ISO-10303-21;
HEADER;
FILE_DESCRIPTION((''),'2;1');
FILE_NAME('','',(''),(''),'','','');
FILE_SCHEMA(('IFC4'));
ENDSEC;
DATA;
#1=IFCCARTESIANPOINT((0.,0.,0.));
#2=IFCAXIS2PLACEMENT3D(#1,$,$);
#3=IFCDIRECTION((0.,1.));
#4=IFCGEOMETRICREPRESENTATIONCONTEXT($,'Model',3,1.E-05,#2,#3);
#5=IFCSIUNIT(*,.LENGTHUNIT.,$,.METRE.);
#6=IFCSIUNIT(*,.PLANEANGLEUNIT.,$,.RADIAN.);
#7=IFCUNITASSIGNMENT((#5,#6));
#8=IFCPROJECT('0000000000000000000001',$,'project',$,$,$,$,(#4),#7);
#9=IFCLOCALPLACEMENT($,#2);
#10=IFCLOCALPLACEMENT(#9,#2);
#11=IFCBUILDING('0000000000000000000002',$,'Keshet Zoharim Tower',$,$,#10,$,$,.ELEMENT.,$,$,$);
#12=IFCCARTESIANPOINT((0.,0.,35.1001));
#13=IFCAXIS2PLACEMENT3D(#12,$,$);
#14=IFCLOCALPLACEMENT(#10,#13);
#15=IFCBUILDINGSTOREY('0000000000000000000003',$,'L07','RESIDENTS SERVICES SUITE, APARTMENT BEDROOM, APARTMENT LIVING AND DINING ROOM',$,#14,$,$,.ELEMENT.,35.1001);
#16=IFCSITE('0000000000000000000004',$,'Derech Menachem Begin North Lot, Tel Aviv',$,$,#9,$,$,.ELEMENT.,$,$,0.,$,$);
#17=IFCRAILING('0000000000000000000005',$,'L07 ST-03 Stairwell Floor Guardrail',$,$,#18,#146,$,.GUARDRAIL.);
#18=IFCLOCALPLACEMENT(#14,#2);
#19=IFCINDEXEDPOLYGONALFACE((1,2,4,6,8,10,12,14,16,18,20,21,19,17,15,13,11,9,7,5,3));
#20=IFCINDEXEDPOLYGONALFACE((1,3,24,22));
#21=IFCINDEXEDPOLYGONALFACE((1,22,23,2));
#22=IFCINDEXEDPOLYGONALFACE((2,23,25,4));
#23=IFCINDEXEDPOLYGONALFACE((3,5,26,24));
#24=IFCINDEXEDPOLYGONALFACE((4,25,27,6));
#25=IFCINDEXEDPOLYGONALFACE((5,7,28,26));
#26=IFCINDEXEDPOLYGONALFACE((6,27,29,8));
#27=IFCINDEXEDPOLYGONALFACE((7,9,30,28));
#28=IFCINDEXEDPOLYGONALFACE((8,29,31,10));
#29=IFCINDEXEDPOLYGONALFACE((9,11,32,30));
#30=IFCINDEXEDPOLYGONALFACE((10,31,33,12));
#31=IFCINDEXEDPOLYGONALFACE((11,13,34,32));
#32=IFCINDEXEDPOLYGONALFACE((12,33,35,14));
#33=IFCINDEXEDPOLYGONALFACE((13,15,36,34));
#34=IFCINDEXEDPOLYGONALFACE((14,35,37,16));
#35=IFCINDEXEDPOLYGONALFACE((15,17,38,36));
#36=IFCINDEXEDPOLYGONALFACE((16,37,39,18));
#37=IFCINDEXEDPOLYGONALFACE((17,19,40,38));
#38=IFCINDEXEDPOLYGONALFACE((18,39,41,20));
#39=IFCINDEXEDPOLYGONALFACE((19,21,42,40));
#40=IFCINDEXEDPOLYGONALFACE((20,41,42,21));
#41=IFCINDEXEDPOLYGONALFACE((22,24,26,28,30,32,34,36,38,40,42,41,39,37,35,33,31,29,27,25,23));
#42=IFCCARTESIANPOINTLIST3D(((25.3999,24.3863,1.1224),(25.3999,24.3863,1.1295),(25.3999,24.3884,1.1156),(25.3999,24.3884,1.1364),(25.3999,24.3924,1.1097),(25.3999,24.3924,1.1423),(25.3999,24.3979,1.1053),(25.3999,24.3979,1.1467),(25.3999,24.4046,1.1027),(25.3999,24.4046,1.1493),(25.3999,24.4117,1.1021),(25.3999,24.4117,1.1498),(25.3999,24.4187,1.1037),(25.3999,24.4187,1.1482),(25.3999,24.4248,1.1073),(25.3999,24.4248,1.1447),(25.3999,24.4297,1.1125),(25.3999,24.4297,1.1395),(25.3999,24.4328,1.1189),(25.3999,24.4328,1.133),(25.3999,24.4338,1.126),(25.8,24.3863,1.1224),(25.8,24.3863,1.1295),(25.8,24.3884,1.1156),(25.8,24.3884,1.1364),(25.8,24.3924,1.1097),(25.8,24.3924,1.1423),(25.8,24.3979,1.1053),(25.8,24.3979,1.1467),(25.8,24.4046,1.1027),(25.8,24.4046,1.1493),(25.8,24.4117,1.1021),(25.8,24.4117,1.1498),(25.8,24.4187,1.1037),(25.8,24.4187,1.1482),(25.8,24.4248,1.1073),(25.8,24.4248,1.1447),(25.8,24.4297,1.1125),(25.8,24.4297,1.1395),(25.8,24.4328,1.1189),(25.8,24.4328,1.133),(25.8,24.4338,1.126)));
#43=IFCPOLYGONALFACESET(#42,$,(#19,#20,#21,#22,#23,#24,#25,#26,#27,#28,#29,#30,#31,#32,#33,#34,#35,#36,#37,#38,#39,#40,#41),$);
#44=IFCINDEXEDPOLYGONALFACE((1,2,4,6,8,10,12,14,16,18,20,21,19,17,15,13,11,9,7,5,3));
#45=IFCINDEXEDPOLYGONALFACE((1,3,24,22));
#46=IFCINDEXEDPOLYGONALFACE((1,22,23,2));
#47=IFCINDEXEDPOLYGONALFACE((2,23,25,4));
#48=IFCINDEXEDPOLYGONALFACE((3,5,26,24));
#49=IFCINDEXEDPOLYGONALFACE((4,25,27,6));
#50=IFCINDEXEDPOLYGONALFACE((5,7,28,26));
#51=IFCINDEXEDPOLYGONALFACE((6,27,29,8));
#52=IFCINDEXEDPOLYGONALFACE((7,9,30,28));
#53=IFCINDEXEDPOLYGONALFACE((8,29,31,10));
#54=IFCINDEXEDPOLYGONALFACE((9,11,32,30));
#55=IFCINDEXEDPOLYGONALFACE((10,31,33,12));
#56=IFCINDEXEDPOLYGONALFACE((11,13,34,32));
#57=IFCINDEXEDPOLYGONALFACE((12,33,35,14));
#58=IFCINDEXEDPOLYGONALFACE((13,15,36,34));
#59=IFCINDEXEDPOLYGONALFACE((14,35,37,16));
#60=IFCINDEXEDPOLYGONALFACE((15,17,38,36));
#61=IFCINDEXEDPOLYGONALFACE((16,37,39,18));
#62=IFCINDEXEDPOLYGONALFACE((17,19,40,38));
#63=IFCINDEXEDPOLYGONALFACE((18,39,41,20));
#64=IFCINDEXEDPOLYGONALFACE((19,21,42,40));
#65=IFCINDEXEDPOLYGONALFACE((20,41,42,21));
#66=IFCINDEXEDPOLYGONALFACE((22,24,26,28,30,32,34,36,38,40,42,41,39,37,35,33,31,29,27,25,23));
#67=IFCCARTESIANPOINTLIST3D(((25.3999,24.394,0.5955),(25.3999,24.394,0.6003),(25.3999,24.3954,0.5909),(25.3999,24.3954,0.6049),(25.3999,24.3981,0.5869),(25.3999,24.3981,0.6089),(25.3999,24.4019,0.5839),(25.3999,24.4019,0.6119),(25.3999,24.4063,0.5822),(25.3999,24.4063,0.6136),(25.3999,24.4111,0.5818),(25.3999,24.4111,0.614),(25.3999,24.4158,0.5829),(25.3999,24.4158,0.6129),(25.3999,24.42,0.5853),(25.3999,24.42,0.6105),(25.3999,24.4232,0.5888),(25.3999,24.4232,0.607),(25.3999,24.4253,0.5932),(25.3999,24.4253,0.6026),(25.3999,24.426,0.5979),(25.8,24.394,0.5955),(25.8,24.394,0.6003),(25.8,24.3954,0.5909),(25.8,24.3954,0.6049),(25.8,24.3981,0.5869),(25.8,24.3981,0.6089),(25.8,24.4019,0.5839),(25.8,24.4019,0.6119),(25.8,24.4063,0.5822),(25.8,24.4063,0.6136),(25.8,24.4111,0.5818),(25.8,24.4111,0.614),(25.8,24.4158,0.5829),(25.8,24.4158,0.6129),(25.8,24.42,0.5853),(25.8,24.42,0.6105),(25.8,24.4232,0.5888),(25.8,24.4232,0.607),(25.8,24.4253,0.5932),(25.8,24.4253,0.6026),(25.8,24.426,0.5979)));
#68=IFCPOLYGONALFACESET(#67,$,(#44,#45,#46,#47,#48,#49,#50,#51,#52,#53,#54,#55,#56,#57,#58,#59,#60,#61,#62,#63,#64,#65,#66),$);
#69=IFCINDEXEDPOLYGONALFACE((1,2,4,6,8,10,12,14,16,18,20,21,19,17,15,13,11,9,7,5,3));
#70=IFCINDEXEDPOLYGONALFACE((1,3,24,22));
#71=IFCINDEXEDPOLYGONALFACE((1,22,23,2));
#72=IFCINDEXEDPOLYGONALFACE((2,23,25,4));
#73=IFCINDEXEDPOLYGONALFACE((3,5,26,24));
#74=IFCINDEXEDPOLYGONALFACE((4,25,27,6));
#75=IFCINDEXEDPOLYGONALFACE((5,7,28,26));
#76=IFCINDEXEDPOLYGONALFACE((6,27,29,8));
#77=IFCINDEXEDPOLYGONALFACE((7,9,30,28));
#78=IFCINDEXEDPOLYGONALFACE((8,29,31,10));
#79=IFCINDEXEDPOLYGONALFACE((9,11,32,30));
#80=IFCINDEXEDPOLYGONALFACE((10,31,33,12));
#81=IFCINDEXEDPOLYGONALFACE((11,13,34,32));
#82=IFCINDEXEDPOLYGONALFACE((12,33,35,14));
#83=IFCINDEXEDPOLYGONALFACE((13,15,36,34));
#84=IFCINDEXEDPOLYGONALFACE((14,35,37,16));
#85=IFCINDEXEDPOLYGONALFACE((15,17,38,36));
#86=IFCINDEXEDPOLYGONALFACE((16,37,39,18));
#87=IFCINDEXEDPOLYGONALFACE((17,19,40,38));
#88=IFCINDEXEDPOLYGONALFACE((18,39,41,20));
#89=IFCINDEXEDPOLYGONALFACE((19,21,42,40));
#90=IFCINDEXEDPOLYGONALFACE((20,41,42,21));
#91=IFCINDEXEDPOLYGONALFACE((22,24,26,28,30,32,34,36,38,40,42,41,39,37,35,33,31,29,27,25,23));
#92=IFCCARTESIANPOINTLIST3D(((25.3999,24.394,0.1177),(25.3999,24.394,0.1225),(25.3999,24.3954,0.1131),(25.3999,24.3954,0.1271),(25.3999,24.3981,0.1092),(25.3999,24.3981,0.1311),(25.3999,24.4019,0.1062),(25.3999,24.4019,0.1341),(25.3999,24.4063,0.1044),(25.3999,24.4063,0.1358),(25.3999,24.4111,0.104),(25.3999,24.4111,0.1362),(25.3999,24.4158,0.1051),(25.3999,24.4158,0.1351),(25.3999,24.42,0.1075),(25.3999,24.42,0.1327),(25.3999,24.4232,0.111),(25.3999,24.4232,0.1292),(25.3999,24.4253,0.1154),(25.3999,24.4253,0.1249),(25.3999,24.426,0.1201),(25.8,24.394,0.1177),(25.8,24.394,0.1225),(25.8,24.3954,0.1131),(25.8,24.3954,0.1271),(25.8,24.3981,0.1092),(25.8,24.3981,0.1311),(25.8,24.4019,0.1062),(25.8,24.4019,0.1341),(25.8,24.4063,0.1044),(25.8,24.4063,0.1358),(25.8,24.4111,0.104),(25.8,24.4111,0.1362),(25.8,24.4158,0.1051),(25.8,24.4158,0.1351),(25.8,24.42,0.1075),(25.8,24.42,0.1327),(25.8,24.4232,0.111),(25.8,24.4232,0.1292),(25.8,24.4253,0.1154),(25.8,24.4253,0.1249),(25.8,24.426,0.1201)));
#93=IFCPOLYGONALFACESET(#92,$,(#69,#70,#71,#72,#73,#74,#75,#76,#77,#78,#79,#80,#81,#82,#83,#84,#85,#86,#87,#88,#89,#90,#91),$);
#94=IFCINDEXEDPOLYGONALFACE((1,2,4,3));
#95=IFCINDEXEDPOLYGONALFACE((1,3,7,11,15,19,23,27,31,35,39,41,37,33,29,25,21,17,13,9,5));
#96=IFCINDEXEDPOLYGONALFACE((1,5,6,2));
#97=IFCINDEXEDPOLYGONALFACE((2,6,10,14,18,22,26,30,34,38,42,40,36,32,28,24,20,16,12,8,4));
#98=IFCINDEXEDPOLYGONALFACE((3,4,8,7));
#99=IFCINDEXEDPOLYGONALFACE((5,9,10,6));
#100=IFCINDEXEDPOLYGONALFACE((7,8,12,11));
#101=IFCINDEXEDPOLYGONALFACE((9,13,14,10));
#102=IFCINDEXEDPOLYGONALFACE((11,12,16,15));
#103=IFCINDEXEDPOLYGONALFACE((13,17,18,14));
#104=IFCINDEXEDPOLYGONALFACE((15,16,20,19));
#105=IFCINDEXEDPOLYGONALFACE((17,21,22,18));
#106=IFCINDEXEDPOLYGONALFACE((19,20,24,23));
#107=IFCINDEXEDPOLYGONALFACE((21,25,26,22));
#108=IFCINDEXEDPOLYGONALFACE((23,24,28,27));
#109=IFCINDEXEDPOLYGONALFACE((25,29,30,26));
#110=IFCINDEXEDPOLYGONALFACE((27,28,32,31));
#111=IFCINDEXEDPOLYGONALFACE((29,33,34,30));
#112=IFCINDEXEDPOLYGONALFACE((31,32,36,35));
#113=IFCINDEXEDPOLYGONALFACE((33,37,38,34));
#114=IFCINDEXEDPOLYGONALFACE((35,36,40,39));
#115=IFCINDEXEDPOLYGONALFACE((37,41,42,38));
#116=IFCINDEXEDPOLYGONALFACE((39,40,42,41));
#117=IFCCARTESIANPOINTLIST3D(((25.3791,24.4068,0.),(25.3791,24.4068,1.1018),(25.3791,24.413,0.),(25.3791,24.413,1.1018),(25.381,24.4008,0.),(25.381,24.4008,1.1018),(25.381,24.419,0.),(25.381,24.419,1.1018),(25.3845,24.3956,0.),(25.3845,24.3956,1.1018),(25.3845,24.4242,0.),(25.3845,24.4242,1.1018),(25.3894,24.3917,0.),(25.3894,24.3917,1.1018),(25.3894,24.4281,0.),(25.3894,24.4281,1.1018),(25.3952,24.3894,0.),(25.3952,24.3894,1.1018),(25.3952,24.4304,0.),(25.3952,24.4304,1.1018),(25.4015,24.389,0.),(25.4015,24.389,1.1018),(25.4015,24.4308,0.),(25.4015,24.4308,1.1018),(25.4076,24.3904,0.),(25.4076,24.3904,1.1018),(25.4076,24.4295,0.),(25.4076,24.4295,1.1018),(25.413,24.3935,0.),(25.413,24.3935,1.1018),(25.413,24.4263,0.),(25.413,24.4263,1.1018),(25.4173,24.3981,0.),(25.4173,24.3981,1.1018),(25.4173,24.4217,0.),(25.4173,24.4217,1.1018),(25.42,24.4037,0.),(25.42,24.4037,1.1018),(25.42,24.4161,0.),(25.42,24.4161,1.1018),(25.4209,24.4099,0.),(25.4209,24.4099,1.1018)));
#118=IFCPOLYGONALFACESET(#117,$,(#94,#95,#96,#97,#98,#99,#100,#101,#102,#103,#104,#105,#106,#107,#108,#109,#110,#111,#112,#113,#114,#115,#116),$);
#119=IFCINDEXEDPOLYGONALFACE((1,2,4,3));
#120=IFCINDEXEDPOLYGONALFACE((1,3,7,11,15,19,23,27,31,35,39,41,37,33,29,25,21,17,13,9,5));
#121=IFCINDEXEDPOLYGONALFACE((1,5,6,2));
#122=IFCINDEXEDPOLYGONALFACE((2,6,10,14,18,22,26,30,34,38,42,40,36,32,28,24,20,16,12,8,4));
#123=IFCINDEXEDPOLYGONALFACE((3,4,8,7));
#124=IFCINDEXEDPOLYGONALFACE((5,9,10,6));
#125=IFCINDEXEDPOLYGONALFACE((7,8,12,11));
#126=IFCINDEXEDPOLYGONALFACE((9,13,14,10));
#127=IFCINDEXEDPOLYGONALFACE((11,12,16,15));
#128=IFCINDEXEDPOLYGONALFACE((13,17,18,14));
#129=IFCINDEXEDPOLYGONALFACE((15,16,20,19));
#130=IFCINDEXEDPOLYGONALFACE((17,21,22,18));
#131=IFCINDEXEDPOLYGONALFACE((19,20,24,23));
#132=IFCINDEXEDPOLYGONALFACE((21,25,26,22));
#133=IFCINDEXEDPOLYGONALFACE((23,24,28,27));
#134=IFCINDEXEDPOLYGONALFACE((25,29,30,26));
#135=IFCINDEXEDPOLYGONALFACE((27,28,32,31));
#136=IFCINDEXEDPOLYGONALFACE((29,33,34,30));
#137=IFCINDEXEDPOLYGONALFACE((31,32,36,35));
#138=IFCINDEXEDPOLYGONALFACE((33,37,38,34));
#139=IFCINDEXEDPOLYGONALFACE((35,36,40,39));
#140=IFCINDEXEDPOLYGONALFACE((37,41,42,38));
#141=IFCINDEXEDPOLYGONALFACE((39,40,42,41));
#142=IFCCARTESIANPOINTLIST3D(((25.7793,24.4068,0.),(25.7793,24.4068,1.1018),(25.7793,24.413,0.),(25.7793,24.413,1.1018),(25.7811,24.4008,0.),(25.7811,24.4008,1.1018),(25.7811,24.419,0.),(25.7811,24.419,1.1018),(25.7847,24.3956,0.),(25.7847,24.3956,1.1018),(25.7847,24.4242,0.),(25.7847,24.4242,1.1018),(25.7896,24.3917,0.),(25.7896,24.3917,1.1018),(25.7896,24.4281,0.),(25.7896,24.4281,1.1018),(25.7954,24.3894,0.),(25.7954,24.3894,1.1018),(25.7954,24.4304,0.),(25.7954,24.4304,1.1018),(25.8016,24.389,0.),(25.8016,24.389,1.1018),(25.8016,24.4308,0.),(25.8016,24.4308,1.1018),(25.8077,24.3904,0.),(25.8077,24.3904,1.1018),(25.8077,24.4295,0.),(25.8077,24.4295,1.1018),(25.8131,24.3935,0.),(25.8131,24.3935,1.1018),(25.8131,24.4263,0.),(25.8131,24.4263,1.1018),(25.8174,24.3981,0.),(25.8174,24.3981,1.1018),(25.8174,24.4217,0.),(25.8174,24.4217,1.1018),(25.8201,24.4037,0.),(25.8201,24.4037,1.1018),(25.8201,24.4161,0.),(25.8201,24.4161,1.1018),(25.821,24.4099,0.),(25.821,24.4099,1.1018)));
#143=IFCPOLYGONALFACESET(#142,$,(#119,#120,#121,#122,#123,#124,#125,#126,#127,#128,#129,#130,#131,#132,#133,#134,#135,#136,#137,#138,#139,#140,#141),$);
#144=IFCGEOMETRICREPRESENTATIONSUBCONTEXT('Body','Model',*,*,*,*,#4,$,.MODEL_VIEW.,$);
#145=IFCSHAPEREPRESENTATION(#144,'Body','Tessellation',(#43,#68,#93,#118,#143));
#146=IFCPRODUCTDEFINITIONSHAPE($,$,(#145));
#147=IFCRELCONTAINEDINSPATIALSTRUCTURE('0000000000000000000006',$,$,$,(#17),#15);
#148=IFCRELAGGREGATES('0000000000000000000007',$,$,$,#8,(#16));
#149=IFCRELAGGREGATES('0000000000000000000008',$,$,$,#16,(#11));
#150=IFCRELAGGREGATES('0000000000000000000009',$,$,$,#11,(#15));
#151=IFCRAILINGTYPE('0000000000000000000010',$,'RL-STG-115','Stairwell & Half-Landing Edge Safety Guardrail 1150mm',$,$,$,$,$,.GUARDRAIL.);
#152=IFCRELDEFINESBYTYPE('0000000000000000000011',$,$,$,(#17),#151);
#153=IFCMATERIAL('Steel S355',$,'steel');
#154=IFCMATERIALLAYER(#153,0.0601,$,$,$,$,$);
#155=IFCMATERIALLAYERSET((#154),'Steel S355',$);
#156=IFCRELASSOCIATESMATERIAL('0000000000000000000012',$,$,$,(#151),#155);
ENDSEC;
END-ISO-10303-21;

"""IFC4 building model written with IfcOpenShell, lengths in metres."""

from ifc_helpers import new_model, si_unit, direction, frame, origin, origin_2d, place, context, subcontext, project, spatial, circle, extrude, material, layer, layer_set, type_object, element, save


model = new_model("IFC4")

# Units and contexts
model_context = context("Model", 3, precision=1e-05, world=origin(), true_north=direction((0.0, 1.0)))
body_context = subcontext(model_context, "Body", "Model", "MODEL_VIEW")
ifc_project = project(units=[si_unit("LENGTHUNIT", "METRE"), si_unit("PLANEANGLEUNIT", "RADIAN")], contexts=[model_context])

# Site, building, storey
site_placement = place(None, origin())
site = spatial("IfcSite", under=ifc_project, at=site_placement, Name="Derech Menachem Begin North Lot, Tel Aviv", CompositionType="ELEMENT", RefElevation=0.0)
building_placement = place(site_placement, origin())
building = spatial("IfcBuilding", under=site, at=building_placement, Name="Keshet Zoharim Tower", CompositionType="ELEMENT")
storey_placement = place(building_placement, frame((0.0, 0.0, 35.1001)))
storey = spatial("IfcBuildingStorey", under=building, at=storey_placement, Name="L07", Description="RESIDENTS SERVICES SUITE, APARTMENT BEDROOM, APARTMENT LIVING AND DINING ROOM", CompositionType="ELEMENT", Elevation=35.1001)

# Shared definitions
ifc_material_1 = material(Name="Steel S355", Category="steel")

# Railing
ifc_layer_1 = layer(ifc_material_1, 0.0601)
ifc_layer_set_1 = layer_set([ifc_layer_1], Name="Steel S355")
railing_type = type_object("IfcRailingType", Name="RL-STG-115", Description="Stairwell & Half-Landing Edge Safety Guardrail 1150mm", PredefinedType="GUARDRAIL", material=ifc_layer_set_1)
railing_placement = place(storey_placement, frame((25.3999, 24.4099, 0.0)))
element("IfcRailing", 1, at=railing_placement, inside=storey, type_object=railing_type, Name="L07 ST-03 Stairwell Floor Guardrail", PredefinedType="GUARDRAIL", context=body_context, shape_type="SweptSolid", body=[
    extrude(circle(Radius=0.0239, at=origin_2d()), frame((0.0, 0.0, 1.126), z_axis=(1.0, 0.0, 0.0), x_axis=(0.0, 1.0, 0.0)), (0.0, 0.0, 1.0), 0.4001),
    extrude(circle(Radius=0.0161, at=origin_2d()), frame((0.0, 0.0, 0.5979), z_axis=(1.0, 0.0, 0.0), x_axis=(0.0, 1.0, 0.0)), (0.0, 0.0, 1.0), 0.4001),
    extrude(circle(Radius=0.0161, at=origin_2d()), frame((0.0, 0.0, 0.1201), z_axis=(1.0, 0.0, 0.0), x_axis=(0.0, 1.0, 0.0)), (0.0, 0.0, 1.0), 0.4001),
    extrude(circle(Radius=0.021, at=origin_2d()), origin(), (0.0, 0.0, 1.0), 1.1018),
    extrude(circle(Radius=0.021, at=origin_2d()), frame((0.4001, 0.0, 0.0)), (0.0, 0.0, 1.0), 1.1018),
])

save(model, "model.ifc")
